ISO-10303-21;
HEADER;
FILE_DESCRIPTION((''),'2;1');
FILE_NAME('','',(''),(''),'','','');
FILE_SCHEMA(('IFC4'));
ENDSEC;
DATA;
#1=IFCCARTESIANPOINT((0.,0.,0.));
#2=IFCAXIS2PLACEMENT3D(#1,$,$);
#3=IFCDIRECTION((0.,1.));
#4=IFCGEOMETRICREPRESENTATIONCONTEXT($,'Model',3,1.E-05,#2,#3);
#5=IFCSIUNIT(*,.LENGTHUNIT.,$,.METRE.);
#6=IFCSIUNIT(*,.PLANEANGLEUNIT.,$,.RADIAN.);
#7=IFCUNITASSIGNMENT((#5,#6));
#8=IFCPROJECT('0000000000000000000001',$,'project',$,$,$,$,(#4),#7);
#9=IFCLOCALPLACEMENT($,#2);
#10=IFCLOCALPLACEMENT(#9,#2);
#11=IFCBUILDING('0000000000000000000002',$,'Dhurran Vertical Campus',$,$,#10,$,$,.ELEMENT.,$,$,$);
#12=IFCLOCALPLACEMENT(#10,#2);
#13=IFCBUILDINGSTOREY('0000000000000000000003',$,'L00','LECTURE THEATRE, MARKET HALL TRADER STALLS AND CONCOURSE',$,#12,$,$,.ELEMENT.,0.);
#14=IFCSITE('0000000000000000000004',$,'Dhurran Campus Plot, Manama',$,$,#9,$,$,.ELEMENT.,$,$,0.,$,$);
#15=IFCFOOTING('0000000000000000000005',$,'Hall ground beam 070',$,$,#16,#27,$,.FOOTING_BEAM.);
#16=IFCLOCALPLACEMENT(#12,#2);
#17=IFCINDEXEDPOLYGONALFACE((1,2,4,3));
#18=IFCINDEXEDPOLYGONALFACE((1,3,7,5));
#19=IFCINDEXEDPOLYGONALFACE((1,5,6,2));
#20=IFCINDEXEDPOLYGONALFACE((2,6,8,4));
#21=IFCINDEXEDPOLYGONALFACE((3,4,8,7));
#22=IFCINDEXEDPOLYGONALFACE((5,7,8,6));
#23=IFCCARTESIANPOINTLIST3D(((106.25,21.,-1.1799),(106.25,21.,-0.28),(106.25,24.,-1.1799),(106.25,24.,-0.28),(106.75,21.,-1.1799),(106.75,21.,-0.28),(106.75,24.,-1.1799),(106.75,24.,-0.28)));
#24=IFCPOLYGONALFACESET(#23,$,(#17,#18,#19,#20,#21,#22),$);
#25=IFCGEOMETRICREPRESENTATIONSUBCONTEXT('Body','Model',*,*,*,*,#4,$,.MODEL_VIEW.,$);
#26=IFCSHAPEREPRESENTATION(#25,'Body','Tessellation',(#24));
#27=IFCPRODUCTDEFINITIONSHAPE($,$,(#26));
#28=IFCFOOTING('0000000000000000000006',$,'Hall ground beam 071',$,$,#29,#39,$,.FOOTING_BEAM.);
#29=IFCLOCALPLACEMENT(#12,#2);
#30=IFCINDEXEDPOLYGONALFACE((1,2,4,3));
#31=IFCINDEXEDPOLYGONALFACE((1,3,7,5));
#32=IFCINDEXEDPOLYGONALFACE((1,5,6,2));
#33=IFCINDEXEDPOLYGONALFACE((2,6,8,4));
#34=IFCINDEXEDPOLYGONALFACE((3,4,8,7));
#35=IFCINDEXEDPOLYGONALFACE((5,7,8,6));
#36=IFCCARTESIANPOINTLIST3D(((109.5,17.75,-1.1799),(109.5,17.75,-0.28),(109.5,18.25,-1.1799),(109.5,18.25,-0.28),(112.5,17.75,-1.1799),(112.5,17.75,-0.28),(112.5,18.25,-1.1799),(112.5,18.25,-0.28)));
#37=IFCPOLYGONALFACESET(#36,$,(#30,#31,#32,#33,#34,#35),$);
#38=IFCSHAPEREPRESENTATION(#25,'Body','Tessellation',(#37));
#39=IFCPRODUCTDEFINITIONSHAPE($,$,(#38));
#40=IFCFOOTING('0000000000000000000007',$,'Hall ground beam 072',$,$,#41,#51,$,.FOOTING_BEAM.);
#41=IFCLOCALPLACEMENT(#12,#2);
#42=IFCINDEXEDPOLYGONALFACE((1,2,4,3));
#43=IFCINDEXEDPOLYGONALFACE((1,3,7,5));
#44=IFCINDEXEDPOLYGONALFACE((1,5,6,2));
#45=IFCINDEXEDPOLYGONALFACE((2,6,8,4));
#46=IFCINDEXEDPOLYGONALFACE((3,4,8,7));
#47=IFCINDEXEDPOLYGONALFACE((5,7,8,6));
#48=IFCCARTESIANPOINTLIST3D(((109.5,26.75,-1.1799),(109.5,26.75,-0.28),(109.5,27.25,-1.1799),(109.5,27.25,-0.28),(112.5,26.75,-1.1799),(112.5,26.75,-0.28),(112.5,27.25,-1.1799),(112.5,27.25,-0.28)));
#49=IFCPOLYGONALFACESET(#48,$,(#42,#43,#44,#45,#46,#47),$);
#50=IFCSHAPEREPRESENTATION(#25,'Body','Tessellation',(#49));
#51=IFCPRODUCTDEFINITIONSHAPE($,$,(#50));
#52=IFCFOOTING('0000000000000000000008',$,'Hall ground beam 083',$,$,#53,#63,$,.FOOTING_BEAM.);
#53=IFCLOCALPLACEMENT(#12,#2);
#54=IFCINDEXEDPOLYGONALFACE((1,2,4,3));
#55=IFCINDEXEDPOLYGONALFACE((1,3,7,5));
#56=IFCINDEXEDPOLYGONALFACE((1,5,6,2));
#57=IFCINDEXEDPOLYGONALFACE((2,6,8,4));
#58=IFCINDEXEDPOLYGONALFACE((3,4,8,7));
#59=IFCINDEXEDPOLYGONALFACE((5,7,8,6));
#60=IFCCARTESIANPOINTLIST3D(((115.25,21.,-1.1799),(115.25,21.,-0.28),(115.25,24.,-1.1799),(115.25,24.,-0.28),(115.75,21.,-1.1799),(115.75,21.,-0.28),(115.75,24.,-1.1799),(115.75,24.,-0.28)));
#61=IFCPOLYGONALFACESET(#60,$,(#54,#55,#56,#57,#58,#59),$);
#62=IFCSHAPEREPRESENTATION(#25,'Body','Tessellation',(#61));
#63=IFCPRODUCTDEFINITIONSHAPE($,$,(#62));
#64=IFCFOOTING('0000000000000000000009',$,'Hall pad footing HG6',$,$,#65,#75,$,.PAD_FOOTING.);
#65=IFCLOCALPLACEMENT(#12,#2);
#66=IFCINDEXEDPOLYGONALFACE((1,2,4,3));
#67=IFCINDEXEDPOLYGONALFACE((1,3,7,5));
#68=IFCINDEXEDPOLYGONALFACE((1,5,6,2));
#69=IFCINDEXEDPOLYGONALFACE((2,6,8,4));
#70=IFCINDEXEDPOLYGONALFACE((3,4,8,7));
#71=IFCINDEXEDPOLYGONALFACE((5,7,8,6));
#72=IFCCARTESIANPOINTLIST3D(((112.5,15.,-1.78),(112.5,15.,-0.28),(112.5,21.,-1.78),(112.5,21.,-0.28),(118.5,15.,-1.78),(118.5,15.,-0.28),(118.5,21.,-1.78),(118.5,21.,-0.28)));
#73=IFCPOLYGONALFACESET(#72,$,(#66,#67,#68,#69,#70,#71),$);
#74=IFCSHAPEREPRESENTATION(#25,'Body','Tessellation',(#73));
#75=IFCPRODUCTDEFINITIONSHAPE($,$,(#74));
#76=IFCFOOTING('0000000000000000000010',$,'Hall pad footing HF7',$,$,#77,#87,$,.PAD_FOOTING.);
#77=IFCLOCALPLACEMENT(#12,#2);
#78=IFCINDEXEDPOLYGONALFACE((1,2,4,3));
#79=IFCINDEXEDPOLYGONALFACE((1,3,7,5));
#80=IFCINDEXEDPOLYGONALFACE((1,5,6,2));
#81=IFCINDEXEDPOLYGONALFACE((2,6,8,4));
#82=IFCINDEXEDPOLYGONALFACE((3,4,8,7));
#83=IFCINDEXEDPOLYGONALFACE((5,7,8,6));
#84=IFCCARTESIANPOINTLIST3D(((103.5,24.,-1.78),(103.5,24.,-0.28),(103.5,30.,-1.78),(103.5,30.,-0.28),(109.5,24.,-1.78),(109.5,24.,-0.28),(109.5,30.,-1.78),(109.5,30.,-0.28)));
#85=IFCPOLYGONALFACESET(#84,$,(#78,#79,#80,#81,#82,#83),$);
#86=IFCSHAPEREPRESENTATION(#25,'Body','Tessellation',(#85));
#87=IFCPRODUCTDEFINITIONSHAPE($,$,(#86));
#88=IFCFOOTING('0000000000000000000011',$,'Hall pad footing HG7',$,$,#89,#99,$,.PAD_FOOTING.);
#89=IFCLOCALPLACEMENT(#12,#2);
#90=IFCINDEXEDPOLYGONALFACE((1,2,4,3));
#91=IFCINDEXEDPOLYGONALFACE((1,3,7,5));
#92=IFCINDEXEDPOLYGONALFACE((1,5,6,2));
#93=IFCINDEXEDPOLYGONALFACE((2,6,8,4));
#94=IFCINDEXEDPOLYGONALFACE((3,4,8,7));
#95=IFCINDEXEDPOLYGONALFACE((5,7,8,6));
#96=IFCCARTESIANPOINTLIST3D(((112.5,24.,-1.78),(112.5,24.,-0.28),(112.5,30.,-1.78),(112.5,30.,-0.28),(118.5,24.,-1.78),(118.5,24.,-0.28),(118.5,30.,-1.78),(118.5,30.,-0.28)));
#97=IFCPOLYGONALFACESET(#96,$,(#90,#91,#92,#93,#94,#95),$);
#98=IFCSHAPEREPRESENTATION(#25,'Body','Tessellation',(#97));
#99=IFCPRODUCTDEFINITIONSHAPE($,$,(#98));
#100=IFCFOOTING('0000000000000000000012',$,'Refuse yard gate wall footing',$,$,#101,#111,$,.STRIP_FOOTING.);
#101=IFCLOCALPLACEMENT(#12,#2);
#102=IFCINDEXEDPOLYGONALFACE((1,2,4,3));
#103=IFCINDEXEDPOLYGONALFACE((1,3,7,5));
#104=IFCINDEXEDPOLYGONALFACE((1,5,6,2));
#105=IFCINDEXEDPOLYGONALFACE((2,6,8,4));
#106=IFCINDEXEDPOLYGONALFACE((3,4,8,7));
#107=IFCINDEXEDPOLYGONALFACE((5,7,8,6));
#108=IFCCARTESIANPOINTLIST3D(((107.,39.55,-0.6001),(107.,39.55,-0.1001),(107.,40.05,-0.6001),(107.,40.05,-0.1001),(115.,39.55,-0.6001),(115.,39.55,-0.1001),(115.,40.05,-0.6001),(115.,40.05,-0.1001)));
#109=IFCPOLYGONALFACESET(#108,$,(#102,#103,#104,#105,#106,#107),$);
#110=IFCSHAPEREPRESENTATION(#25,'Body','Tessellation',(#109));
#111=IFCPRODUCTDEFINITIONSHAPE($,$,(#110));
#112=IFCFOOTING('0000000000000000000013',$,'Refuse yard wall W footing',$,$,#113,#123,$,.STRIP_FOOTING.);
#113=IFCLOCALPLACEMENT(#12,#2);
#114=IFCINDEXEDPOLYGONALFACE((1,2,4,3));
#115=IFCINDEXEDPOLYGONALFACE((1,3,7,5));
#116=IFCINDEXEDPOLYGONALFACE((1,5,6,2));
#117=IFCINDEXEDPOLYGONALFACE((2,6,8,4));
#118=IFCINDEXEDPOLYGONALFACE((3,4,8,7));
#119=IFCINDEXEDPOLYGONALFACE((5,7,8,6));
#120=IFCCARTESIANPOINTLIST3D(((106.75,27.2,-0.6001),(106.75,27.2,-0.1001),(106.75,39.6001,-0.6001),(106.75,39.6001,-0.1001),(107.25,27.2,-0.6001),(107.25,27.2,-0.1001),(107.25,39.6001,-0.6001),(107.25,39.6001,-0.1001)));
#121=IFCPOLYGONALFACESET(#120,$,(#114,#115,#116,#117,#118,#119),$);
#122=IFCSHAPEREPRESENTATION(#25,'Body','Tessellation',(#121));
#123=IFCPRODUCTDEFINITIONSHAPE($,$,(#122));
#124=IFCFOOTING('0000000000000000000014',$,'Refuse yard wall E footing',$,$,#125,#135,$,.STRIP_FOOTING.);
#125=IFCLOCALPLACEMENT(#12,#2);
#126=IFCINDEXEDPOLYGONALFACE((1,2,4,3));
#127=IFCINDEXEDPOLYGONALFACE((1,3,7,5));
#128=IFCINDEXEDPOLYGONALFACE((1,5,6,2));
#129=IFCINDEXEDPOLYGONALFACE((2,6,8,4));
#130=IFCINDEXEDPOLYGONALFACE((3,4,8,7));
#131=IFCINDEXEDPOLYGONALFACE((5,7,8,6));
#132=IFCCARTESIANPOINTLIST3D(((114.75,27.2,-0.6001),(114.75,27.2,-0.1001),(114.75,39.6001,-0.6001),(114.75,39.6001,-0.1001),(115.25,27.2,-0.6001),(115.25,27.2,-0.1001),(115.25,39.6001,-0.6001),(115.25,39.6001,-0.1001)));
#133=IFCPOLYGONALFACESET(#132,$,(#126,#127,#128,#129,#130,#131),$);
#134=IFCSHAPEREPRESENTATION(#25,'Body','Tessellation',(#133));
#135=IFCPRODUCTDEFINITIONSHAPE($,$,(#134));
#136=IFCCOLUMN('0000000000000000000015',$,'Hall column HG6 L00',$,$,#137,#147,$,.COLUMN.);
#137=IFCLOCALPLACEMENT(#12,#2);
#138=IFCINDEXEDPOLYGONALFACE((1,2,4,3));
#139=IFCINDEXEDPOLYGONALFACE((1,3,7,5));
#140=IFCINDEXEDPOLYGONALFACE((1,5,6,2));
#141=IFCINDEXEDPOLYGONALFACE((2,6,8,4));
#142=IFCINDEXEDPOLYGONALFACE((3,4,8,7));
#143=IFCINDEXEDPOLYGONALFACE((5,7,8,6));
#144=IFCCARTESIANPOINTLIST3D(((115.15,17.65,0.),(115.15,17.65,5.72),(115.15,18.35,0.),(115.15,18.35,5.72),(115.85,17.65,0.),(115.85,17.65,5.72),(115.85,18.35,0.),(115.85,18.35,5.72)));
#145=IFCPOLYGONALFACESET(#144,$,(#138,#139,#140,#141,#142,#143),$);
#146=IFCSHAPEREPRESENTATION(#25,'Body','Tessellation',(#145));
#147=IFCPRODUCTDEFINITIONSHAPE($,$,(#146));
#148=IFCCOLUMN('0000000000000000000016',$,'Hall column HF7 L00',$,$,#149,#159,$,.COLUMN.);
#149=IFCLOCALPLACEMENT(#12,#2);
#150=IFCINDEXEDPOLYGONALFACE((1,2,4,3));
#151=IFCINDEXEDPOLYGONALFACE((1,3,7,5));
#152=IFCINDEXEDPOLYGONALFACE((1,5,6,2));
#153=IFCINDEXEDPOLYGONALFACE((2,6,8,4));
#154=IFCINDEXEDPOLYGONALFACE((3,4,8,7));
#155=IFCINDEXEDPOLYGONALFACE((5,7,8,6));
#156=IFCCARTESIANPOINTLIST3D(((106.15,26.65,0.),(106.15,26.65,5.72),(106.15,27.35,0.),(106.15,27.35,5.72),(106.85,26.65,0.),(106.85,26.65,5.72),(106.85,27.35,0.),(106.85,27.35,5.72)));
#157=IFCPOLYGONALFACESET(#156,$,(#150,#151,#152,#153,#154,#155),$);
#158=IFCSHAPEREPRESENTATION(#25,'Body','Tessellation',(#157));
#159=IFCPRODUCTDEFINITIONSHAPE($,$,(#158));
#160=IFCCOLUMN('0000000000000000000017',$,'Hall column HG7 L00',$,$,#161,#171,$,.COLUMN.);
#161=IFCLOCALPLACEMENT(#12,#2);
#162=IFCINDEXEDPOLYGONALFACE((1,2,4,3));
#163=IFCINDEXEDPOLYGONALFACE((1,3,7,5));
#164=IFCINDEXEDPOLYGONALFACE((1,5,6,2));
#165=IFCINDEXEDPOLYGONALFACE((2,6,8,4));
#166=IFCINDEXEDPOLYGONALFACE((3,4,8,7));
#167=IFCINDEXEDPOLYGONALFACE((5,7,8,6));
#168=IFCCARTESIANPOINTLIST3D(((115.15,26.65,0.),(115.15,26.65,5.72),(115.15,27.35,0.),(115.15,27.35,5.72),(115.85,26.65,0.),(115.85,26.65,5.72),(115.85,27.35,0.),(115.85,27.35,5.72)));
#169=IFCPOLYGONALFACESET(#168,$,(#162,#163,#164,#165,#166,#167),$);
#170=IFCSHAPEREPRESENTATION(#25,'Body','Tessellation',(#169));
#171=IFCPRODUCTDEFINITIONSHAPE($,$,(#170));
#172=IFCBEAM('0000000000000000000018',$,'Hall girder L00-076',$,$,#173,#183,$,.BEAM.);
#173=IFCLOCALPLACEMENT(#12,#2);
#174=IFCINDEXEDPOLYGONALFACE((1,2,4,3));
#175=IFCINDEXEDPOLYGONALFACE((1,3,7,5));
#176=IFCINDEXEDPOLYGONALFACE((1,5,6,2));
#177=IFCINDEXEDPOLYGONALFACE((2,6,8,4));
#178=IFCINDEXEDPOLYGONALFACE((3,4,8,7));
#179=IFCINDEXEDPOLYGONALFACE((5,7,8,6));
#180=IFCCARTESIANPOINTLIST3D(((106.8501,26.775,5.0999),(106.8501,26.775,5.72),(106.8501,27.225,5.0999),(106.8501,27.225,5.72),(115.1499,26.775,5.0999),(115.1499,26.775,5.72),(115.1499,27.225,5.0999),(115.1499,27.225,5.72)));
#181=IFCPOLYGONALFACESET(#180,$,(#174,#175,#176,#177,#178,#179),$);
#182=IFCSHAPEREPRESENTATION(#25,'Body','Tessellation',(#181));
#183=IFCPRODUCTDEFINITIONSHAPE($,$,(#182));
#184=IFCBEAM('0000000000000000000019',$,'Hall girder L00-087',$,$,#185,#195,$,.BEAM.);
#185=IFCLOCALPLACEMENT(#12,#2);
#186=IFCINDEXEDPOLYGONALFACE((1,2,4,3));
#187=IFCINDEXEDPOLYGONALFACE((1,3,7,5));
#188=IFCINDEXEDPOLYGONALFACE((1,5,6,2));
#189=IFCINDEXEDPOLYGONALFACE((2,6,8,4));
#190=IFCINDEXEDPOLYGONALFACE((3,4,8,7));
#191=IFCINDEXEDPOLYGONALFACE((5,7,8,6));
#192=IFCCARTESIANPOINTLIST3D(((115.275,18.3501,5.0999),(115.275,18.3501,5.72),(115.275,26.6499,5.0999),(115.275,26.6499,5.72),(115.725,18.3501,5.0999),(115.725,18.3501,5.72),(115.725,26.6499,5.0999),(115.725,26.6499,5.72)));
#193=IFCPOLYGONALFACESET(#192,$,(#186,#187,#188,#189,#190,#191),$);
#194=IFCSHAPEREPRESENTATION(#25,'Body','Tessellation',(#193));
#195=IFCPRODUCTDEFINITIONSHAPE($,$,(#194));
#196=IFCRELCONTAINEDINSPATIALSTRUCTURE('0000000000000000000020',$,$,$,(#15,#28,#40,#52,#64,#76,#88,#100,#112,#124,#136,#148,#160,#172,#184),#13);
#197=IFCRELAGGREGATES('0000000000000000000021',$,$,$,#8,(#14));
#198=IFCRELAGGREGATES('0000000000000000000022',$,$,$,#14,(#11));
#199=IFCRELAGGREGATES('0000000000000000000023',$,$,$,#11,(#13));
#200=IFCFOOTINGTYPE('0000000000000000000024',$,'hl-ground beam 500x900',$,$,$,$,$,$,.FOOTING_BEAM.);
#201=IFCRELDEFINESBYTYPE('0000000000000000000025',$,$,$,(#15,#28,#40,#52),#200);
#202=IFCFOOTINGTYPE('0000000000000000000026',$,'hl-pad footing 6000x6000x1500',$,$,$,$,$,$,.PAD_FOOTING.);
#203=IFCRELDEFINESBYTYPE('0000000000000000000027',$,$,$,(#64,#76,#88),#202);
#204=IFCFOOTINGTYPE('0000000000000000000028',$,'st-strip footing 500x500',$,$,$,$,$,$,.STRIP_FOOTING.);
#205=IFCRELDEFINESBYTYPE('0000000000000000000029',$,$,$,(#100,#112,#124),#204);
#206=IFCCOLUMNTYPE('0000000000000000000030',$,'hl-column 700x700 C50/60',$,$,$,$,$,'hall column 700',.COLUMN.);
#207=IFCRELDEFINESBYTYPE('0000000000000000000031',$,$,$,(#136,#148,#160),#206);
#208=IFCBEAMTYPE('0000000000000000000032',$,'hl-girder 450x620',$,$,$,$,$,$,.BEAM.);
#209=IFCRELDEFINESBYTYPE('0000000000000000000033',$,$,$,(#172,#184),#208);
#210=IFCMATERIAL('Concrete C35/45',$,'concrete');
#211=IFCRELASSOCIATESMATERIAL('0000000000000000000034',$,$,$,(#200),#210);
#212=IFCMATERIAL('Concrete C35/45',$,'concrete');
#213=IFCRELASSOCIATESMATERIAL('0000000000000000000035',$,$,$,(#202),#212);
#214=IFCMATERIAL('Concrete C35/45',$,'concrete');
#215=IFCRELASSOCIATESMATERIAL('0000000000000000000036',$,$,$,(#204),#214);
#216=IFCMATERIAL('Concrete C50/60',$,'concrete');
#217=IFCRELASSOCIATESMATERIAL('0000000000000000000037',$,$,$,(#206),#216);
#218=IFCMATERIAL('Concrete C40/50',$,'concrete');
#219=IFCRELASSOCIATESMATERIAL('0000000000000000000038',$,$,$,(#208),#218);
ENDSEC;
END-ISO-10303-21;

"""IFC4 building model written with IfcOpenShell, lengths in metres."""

from ifc_helpers import new_model, si_unit, direction, frame, origin, origin_2d, place, context, subcontext, project, spatial, rectangle, extrude, material, material_profile, profile_set, type_object, element, save


model = new_model("IFC4")

# Units and contexts
model_context = context("Model", 3, precision=1e-05, world=origin(), true_north=direction((0.0, 1.0)))
body_context = subcontext(model_context, "Body", "Model", "MODEL_VIEW")
ifc_project = project(units=[si_unit("LENGTHUNIT", "METRE"), si_unit("PLANEANGLEUNIT", "RADIAN")], contexts=[model_context])

# Site, building, storey
site_placement = place(None, origin())
site = spatial("IfcSite", under=ifc_project, at=site_placement, Name="Dhurran Campus Plot, Manama", CompositionType="ELEMENT", RefElevation=0.0)
building_placement = place(site_placement, origin())
building = spatial("IfcBuilding", under=site, at=building_placement, Name="Dhurran Vertical Campus", CompositionType="ELEMENT")
storey_placement = place(building_placement, origin())
storey = spatial("IfcBuildingStorey", under=building, at=storey_placement, Name="L00", Description="LECTURE THEATRE, MARKET HALL TRADER STALLS AND CONCOURSE", CompositionType="ELEMENT", Elevation=0.0)

# Footings
ifc_material_1 = material(Name="Concrete C35/45", Category="concrete")
ifc_material_profile_1 = material_profile(ifc_material_1, rectangle(XDim=0.5, YDim=0.8999, at=origin_2d()), Name="hl-ground beam 500x900")
ifc_profile_set_1 = profile_set([ifc_material_profile_1], Name="Concrete C35/45")
footing_type_1 = type_object("IfcFootingType", Name="hl-ground beam 500x900", PredefinedType="FOOTING_BEAM", material=ifc_profile_set_1)
for number, where, z_axis, x_axis, name in (
    (1, (106.5, 21.0, -0.73), (0.0, 1.0, 0.0), (-1.0, 0.0, 0.0), "Hall ground beam 070"),
    (2, (109.5, 18.0, -0.73), (1.0, 0.0, 0.0), (0.0, 1.0, 0.0), "Hall ground beam 071"),
    (3, (109.5, 27.0, -0.73), (1.0, 0.0, 0.0), (0.0, 1.0, 0.0), "Hall ground beam 072"),
    (4, (115.5, 21.0, -0.73), (0.0, 1.0, 0.0), (-1.0, 0.0, 0.0), "Hall ground beam 083"),
):
    element("IfcFooting", number, at=place(storey_placement, frame(where, z_axis=z_axis, x_axis=x_axis)), inside=storey, type_object=footing_type_1, Name=name, PredefinedType="FOOTING_BEAM", context=body_context, shape_type="SweptSolid", body=[
        extrude(rectangle(XDim=0.5, YDim=0.8999, at=origin_2d()), origin(), (0.0, 0.0, 1.0), 3.0),
    ])
ifc_material_2 = material(Name="Concrete C35/45", Category="concrete")
footing_type_2 = type_object("IfcFootingType", Name="hl-pad footing 6000x6000x1500", PredefinedType="PAD_FOOTING", material=ifc_material_2)
for number, where, z_axis, x_axis, name in (
    (5, (115.5, 18.0, -1.78), (0.0, 0.0, 1.0), (1.0, 0.0, 0.0), "Hall pad footing HG6"),
    (6, (106.5, 27.0, -1.78), (0.0, 0.0, 1.0), (1.0, 0.0, 0.0), "Hall pad footing HF7"),
    (7, (115.5, 27.0, -1.78), (0.0, 0.0, 1.0), (1.0, 0.0, 0.0), "Hall pad footing HG7"),
):
    element("IfcFooting", number, at=place(storey_placement, frame(where, z_axis=z_axis, x_axis=x_axis)), inside=storey, type_object=footing_type_2, Name=name, PredefinedType="PAD_FOOTING", context=body_context, shape_type="SweptSolid", body=[
        extrude(rectangle(XDim=6.0, YDim=6.0, at=origin_2d()), origin(), (0.0, 0.0, 1.0), 1.5),
    ])
ifc_material_3 = material(Name="Concrete C35/45", Category="concrete")
ifc_material_profile_2 = material_profile(ifc_material_3, rectangle(XDim=0.5, YDim=0.5, at=origin_2d()), Name="st-strip footing 500x500")
ifc_profile_set_2 = profile_set([ifc_material_profile_2], Name="Concrete C35/45")
footing_type_3 = type_object("IfcFootingType", Name="st-strip footing 500x500", PredefinedType="STRIP_FOOTING", material=ifc_profile_set_2)
footing_placement = place(storey_placement, frame((107.0, 39.8, -0.3501), z_axis=(1.0, 0.0, 0.0), x_axis=(0.0, 1.0, 0.0)))
element("IfcFooting", 8, at=footing_placement, inside=storey, type_object=footing_type_3, Name="Refuse yard gate wall footing", PredefinedType="STRIP_FOOTING", context=body_context, shape_type="SweptSolid", body=[
    extrude(rectangle(XDim=0.5, YDim=0.5, at=origin_2d()), origin(), (0.0, 0.0, 1.0), 8.0),
])
for number, where, z_axis, x_axis, name in (
    (9, (107.0, 27.2, -0.3501), (0.0, 1.0, 0.0), (-1.0, 0.0, 0.0), "Refuse yard wall W footing"),
    (10, (115.0, 27.2, -0.3501), (0.0, 1.0, 0.0), (-1.0, 0.0, 0.0), "Refuse yard wall E footing"),
):
    element("IfcFooting", number, at=place(storey_placement, frame(where, z_axis=z_axis, x_axis=x_axis)), inside=storey, type_object=footing_type_3, Name=name, PredefinedType="STRIP_FOOTING", context=body_context, shape_type="SweptSolid", body=[
        extrude(rectangle(XDim=0.5, YDim=0.5, at=origin_2d()), origin(), (0.0, 0.0, 1.0), 12.4001),
    ])

# Columns
ifc_material_4 = material(Name="Concrete C50/60", Category="concrete")
ifc_material_profile_3 = material_profile(ifc_material_4, rectangle(XDim=0.7, YDim=0.7, at=origin_2d()), Name="hl-column 700x700 C50/60")
ifc_profile_set_3 = profile_set([ifc_material_profile_3], Name="Concrete C50/60")
column_type = type_object("IfcColumnType", Name="hl-column 700x700 C50/60", ElementType="hall column 700", PredefinedType="COLUMN", material=ifc_profile_set_3)
for number, where, z_axis, x_axis, name in (
    (11, (115.5, 18.0, 0.0), (0.0, 0.0, 1.0), (1.0, 0.0, 0.0), "Hall column HG6 L00"),
    (12, (106.5, 27.0, 0.0), (0.0, 0.0, 1.0), (1.0, 0.0, 0.0), "Hall column HF7 L00"),
    (13, (115.5, 27.0, 0.0), (0.0, 0.0, 1.0), (1.0, 0.0, 0.0), "Hall column HG7 L00"),
):
    element("IfcColumn", number, at=place(storey_placement, frame(where, z_axis=z_axis, x_axis=x_axis)), inside=storey, type_object=column_type, Name=name, PredefinedType="COLUMN", context=body_context, shape_type="SweptSolid", body=[
        extrude(rectangle(XDim=0.7, YDim=0.7, at=origin_2d()), origin(), (0.0, 0.0, 1.0), 5.72),
    ])

# Beams
ifc_material_5 = material(Name="Concrete C40/50", Category="concrete")
ifc_material_profile_4 = material_profile(ifc_material_5, rectangle(XDim=0.45, YDim=0.6201, at=origin_2d()), Name="hl-girder 450x620")
ifc_profile_set_4 = profile_set([ifc_material_profile_4], Name="Concrete C40/50")
beam_type = type_object("IfcBeamType", Name="hl-girder 450x620", PredefinedType="BEAM", material=ifc_profile_set_4)
for number, where, z_axis, x_axis, name in (
    (14, (106.8501, 27.0, 5.4099), (1.0, 0.0, 0.0), (0.0, 1.0, 0.0), "Hall girder L00-076"),
    (15, (115.5, 18.3501, 5.4099), (0.0, 1.0, 0.0), (-1.0, 0.0, 0.0), "Hall girder L00-087"),
):
    element("IfcBeam", number, at=place(storey_placement, frame(where, z_axis=z_axis, x_axis=x_axis)), inside=storey, type_object=beam_type, Name=name, PredefinedType="BEAM", context=body_context, shape_type="SweptSolid", body=[
        extrude(rectangle(XDim=0.45, YDim=0.6201, at=origin_2d()), origin(), (0.0, 0.0, 1.0), 8.2998),
    ])

save(model, "model.ifc")
